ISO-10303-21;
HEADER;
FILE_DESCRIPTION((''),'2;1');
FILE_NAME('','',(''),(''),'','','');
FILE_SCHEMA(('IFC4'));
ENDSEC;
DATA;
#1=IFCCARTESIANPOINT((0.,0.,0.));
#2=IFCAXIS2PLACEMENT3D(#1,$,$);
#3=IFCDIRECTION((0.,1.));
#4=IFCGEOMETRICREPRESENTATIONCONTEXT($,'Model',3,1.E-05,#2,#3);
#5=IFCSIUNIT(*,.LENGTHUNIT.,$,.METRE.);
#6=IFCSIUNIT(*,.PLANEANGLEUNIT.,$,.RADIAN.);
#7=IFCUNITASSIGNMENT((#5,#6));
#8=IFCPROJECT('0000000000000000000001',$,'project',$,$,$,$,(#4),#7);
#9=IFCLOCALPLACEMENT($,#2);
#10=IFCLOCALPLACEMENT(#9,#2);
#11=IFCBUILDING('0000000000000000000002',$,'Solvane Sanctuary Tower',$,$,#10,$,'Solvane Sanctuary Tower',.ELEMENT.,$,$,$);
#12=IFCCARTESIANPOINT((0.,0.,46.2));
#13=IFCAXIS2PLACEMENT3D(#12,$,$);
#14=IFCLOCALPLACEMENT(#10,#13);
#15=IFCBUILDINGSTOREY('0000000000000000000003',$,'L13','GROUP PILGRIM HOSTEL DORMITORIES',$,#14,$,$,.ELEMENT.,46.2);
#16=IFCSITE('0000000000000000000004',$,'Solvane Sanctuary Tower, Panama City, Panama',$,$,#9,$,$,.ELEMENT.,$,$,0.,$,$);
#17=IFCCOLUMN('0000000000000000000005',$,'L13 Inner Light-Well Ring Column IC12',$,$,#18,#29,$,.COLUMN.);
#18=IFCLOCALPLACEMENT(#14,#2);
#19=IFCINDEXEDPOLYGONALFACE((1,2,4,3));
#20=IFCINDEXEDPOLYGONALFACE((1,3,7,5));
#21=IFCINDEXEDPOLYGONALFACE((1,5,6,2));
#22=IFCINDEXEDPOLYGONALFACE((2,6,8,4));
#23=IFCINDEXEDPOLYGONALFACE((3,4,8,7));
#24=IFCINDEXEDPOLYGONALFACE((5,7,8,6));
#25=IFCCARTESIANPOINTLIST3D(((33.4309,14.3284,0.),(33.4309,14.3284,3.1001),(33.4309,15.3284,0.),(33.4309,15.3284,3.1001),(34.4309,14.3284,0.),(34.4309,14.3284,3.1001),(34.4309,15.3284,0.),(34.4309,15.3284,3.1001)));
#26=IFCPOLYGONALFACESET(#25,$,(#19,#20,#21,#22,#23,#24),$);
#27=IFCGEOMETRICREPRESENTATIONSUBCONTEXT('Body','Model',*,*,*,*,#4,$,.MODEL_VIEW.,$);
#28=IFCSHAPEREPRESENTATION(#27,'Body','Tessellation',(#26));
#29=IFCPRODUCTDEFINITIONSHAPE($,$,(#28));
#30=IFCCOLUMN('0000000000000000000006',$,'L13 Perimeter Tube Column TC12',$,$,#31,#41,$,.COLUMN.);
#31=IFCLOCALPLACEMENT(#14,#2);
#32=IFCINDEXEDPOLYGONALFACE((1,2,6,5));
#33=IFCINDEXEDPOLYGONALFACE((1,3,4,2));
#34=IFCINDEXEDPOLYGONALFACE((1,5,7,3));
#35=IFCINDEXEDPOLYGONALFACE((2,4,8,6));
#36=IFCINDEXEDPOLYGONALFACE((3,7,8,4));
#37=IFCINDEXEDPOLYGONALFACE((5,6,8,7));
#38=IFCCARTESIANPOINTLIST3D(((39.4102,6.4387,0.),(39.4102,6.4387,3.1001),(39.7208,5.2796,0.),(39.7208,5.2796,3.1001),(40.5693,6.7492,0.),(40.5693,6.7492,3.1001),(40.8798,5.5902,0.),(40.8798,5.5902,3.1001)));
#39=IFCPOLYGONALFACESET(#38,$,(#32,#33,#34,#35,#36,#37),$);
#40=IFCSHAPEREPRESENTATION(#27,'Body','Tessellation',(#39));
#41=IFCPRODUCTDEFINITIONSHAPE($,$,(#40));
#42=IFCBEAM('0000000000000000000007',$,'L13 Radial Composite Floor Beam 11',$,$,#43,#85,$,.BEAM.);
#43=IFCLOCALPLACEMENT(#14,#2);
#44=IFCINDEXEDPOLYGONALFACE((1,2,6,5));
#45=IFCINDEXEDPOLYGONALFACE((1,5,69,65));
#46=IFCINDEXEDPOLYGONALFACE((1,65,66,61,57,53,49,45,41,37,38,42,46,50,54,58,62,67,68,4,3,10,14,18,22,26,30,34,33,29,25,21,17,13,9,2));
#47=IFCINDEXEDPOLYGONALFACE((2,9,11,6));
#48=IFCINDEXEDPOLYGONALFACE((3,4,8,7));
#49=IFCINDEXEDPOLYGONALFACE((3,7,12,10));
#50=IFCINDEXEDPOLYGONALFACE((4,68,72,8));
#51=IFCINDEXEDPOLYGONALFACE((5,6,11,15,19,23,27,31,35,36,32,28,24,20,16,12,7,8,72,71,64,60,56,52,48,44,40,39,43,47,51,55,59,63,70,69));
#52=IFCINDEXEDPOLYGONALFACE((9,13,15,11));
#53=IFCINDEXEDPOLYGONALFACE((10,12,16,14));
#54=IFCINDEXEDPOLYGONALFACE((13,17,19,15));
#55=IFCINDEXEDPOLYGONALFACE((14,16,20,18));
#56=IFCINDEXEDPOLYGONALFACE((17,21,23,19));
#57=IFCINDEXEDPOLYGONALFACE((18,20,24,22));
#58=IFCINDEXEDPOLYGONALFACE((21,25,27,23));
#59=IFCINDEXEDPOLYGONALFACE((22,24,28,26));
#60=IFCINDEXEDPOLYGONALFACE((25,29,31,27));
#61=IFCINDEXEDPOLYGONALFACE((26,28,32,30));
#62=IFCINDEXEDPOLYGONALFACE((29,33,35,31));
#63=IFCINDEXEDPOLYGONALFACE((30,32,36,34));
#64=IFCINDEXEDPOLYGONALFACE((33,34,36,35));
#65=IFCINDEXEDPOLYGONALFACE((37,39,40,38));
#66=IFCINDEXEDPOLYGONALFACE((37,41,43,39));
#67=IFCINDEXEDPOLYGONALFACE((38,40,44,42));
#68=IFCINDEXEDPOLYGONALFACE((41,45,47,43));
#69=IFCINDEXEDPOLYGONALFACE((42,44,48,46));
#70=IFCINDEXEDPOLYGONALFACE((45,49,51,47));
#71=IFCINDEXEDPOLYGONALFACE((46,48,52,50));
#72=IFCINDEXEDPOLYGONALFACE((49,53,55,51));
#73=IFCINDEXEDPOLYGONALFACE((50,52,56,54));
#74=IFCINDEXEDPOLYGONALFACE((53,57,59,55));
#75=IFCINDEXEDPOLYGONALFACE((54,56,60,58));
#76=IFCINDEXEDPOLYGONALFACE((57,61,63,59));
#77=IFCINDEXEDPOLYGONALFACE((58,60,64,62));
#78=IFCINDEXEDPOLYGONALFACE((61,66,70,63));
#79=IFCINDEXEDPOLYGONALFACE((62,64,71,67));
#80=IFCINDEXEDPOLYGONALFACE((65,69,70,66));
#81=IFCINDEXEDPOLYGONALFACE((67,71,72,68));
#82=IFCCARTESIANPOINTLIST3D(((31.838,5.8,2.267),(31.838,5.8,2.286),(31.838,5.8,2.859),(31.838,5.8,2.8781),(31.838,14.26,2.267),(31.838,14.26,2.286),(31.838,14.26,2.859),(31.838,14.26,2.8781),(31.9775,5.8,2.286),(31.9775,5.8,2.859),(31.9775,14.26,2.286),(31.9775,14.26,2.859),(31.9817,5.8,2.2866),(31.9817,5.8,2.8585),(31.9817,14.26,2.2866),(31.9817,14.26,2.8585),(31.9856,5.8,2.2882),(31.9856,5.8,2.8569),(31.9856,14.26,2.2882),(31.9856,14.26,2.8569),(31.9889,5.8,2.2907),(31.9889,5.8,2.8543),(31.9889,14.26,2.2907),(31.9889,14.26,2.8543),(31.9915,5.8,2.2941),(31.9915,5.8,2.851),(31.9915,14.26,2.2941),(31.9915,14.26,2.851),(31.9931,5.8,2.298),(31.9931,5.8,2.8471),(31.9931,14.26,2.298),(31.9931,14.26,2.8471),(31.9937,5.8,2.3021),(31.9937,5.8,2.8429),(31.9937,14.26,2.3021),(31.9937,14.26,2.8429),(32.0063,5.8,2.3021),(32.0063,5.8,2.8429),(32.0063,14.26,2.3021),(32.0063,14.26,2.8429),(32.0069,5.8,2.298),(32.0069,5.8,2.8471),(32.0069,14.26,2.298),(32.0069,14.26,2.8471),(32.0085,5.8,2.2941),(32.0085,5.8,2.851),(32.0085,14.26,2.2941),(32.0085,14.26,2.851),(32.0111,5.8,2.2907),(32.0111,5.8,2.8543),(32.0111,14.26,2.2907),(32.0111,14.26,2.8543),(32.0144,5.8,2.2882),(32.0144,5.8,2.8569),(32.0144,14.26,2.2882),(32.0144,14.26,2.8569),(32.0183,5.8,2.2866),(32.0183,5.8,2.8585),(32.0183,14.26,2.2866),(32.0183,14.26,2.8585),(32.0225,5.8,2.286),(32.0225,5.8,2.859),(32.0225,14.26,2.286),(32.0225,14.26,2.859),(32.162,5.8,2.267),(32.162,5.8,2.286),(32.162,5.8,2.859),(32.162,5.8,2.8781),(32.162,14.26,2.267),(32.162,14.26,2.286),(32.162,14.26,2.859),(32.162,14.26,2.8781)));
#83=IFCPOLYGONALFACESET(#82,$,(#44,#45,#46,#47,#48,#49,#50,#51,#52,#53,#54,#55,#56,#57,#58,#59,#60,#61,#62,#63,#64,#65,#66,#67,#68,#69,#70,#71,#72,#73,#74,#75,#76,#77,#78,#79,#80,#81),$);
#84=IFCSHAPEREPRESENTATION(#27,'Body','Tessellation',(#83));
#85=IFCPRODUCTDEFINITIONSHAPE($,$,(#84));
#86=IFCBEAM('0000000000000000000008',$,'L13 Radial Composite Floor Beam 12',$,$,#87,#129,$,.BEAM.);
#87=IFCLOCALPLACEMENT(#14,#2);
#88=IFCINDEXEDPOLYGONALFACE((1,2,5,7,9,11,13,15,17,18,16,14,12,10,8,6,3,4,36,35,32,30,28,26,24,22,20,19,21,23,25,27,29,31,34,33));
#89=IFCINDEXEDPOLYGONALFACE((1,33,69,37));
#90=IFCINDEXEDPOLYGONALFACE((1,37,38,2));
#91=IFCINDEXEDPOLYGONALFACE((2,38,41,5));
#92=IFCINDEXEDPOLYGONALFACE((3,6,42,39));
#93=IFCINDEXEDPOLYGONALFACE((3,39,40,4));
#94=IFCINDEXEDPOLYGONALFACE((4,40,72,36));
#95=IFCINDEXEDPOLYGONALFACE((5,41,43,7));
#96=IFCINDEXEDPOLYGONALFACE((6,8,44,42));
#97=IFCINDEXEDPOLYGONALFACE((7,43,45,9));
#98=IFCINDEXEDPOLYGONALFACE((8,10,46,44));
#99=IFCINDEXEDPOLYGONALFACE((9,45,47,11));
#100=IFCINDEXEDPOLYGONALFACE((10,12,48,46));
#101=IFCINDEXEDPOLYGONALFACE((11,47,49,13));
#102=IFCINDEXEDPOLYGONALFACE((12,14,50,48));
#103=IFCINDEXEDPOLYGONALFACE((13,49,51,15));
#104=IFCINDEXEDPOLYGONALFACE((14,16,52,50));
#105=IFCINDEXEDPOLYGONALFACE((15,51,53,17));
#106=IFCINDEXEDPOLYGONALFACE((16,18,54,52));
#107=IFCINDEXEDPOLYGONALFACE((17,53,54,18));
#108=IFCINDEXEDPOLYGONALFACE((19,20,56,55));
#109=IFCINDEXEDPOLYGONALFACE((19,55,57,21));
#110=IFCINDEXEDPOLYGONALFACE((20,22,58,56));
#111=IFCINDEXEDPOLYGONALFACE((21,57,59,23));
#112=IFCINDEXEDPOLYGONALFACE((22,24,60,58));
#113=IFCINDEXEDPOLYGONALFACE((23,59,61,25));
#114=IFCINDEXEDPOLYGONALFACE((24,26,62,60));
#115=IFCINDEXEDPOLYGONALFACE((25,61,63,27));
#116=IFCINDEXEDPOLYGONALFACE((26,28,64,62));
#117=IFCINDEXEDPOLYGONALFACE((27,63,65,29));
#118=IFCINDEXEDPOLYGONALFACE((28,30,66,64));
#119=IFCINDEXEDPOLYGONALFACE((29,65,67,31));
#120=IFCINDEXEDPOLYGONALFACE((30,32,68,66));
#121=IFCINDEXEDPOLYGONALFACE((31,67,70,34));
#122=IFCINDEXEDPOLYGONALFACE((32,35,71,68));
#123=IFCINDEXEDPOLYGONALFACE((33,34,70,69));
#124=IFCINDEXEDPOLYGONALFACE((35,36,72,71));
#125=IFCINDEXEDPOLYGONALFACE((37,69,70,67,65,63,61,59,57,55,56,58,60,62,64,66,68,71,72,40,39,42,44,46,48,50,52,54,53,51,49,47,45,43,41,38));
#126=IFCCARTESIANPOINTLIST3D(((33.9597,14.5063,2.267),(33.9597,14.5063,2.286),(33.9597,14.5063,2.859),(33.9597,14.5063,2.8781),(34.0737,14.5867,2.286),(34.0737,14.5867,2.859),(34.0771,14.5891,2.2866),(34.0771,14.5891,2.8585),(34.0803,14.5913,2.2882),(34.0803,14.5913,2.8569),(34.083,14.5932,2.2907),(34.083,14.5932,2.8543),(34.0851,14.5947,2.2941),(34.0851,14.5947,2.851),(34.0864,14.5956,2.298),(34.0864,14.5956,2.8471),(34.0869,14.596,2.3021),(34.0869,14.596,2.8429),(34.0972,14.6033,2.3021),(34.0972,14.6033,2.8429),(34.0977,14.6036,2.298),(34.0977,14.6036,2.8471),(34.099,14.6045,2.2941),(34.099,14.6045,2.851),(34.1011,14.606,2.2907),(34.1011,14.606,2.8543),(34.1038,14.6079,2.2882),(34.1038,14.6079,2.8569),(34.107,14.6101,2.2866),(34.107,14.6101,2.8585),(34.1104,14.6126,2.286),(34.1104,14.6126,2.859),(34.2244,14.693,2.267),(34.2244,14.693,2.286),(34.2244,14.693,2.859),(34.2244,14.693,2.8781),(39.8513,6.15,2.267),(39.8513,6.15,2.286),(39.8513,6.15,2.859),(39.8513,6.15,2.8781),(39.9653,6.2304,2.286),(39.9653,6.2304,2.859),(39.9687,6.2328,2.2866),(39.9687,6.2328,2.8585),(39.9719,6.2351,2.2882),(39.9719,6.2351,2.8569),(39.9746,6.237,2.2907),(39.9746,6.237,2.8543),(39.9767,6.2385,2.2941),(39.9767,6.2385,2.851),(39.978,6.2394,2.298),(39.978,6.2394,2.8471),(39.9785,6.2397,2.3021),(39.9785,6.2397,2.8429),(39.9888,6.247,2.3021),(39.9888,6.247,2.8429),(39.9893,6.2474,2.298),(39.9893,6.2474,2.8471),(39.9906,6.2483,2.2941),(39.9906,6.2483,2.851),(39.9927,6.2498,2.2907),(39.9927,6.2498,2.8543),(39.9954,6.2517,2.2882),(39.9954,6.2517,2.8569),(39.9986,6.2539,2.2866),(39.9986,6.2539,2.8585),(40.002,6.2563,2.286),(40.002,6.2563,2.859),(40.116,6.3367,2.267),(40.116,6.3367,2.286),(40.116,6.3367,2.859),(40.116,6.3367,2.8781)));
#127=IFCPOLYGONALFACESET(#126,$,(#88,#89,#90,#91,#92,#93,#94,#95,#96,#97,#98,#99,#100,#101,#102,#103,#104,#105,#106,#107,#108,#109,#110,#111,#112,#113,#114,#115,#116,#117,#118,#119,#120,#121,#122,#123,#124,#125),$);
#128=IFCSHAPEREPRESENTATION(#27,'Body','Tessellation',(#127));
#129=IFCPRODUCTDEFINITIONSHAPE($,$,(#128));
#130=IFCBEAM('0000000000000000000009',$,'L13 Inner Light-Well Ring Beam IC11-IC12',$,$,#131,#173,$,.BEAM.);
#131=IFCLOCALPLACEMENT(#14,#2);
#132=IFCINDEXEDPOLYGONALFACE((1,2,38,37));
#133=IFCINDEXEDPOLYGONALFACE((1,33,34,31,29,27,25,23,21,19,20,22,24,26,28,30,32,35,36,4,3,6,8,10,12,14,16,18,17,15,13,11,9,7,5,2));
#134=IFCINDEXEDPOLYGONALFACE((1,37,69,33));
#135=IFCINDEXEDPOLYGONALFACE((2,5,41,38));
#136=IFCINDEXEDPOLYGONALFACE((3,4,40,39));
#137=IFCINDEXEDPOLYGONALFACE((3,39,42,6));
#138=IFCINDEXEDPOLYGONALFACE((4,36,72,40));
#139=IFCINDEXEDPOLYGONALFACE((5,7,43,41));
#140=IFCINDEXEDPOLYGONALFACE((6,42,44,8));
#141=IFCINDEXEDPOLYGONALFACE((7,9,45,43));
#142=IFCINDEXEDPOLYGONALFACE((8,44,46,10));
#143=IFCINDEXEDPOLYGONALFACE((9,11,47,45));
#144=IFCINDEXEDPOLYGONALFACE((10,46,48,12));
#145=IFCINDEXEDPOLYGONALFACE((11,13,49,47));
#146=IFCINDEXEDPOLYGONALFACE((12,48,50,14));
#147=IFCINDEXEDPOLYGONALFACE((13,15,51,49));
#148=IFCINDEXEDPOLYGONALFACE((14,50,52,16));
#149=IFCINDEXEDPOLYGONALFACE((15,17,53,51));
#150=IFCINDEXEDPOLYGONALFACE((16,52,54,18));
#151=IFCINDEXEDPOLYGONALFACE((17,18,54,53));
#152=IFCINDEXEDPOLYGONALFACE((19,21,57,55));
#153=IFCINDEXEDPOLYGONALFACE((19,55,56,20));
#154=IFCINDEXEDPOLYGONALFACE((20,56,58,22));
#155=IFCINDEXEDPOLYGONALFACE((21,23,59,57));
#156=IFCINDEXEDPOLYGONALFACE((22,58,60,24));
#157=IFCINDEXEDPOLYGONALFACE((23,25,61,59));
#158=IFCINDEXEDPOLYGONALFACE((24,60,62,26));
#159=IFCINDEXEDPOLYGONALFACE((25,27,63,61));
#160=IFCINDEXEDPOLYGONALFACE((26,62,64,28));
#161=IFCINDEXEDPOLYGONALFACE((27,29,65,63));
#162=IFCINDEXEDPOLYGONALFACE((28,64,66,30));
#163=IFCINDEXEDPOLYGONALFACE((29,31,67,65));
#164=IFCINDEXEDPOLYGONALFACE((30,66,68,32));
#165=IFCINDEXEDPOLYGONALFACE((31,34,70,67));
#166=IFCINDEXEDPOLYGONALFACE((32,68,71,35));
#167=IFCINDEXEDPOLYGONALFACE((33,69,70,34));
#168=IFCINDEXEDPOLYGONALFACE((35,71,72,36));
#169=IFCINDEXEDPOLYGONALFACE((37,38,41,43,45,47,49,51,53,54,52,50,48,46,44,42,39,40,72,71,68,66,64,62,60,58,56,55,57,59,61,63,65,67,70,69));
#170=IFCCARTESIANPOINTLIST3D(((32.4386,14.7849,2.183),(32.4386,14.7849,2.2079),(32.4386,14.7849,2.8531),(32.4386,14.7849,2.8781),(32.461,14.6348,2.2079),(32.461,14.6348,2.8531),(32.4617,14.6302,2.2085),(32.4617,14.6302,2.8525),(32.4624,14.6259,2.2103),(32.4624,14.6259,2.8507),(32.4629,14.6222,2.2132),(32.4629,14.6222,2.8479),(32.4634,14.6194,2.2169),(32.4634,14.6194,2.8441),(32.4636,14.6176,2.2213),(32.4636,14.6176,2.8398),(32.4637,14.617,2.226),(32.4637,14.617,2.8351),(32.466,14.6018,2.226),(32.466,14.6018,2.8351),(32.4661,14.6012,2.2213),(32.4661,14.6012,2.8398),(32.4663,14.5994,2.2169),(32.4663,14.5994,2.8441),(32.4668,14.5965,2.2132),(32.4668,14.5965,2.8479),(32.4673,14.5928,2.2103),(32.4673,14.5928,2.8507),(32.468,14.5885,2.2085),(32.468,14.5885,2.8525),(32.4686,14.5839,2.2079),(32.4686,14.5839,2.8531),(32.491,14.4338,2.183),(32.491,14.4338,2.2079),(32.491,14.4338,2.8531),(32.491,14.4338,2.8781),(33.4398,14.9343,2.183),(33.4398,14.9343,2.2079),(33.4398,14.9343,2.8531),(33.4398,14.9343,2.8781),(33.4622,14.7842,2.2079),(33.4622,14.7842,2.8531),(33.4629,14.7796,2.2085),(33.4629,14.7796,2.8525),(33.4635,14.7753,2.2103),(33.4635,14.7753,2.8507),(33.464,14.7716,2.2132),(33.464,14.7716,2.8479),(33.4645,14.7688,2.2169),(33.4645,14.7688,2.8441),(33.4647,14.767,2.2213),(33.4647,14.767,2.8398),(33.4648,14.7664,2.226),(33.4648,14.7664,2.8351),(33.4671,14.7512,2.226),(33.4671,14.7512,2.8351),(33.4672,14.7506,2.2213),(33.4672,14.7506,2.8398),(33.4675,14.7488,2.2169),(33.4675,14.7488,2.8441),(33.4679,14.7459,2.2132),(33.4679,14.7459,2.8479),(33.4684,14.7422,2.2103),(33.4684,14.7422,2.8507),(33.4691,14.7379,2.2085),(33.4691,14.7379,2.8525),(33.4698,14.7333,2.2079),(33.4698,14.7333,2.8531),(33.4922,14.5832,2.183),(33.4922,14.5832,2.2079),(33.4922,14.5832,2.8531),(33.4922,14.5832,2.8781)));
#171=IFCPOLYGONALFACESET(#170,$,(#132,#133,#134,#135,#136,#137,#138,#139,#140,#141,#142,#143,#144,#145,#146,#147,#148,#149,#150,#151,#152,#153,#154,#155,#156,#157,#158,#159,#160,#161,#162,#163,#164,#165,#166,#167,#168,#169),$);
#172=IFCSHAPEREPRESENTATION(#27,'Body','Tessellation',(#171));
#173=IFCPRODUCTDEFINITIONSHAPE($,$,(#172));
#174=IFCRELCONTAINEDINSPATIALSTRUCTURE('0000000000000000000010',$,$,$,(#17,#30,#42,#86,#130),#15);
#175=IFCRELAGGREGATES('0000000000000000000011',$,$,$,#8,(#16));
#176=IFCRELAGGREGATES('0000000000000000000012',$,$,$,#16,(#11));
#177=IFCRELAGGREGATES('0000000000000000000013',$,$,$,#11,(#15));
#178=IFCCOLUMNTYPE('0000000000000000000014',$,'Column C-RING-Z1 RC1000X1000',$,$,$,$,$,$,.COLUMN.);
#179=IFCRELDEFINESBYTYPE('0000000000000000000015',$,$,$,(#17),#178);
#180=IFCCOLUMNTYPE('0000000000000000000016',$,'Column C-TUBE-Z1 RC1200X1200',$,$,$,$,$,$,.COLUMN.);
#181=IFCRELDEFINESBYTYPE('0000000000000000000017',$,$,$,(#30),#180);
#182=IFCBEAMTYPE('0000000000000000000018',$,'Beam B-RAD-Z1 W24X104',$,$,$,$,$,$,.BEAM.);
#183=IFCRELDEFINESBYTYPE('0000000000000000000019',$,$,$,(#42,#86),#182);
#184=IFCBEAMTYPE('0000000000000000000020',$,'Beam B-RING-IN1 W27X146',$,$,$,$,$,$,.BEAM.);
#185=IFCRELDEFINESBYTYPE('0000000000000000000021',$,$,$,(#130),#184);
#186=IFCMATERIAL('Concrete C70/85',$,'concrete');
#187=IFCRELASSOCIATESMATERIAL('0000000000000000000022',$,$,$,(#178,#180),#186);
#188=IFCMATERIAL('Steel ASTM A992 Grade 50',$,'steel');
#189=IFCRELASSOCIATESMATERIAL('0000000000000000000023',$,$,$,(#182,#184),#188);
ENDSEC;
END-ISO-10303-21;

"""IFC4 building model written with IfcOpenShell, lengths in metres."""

from ifc_helpers import new_model, si_unit, direction, frame, origin, origin_2d, place, context, subcontext, project, spatial, rectangle, i_section, extrude, material, material_profile, profile_set, type_object, element, save


model = new_model("IFC4")

# Units and contexts
model_context = context("Model", 3, precision=1e-05, world=origin(), true_north=direction((0.0, 1.0)))
body_context = subcontext(model_context, "Body", "Model", "MODEL_VIEW")
ifc_project = project(units=[si_unit("LENGTHUNIT", "METRE"), si_unit("PLANEANGLEUNIT", "RADIAN")], contexts=[model_context])

# Site, building, storey
site_placement = place(None, origin())
site = spatial("IfcSite", under=ifc_project, at=site_placement, Name="Solvane Sanctuary Tower, Panama City, Panama", CompositionType="ELEMENT", RefElevation=0.0)
building_placement = place(site_placement, origin())
building = spatial("IfcBuilding", under=site, at=building_placement, Name="Solvane Sanctuary Tower", LongName="Solvane Sanctuary Tower", CompositionType="ELEMENT")
storey_placement = place(building_placement, frame((0.0, 0.0, 46.2)))
storey = spatial("IfcBuildingStorey", under=building, at=storey_placement, Name="L13", Description="GROUP PILGRIM HOSTEL DORMITORIES", CompositionType="ELEMENT", Elevation=46.2)

# Columns
ifc_material_1 = material(Name="Concrete C70/85", Category="concrete")
ifc_material_profile_1 = material_profile(ifc_material_1, rectangle(XDim=1.0, YDim=1.0, at=origin_2d()), Name="RC1000X1000")
ifc_profile_set_1 = profile_set([ifc_material_profile_1], Name="Concrete C70/85")
column_type_1 = type_object("IfcColumnType", Name="Column C-RING-Z1 RC1000X1000", PredefinedType="COLUMN", material=ifc_profile_set_1)
column_1_placement = place(storey_placement, frame((33.9309, 14.8284, 0.0), z_axis=(0.0, 0.0, 1.0), x_axis=(1.0, 0.0, 0.0)))
element("IfcColumn", 1, at=column_1_placement, inside=storey, type_object=column_type_1, Name="L13 Inner Light-Well Ring Column IC12", PredefinedType="COLUMN", context=body_context, shape_type="SweptSolid", body=[
    extrude(rectangle(XDim=1.0, YDim=1.0, at=origin_2d()), origin(), (0.0, 0.0, 1.0), 3.1001),
])
ifc_material_profile_2 = material_profile(ifc_material_1, rectangle(XDim=1.2, YDim=1.2, at=origin_2d()), Name="RC1200X1200")
ifc_profile_set_2 = profile_set([ifc_material_profile_2], Name="Concrete C70/85")
column_type_2 = type_object("IfcColumnType", Name="Column C-TUBE-Z1 RC1200X1200", PredefinedType="COLUMN", material=ifc_profile_set_2)
column_2_placement = place(storey_placement, frame((40.145, 6.0144, 0.0), z_axis=(0.0, 0.0, 1.0), x_axis=(0.258819, -0.965926, 0.0)))
element("IfcColumn", 2, at=column_2_placement, inside=storey, type_object=column_type_2, Name="L13 Perimeter Tube Column TC12", PredefinedType="COLUMN", context=body_context, shape_type="SweptSolid", body=[
    extrude(rectangle(XDim=1.2, YDim=1.2, at=origin_2d()), origin(), (0.0, 0.0, 1.0), 3.1001),
])

# Beams
ifc_material_2 = material(Name="Steel ASTM A992 Grade 50", Category="steel")
ifc_material_profile_3 = material_profile(ifc_material_2, i_section(OverallWidth=0.324, OverallDepth=0.6111, WebThickness=0.0127, FlangeThickness=0.019, FilletRadius=0.0161, at=origin_2d()), Name="W24X104")
ifc_profile_set_3 = profile_set([ifc_material_profile_3], Name="Steel ASTM A992 Grade 50")
beam_type_1 = type_object("IfcBeamType", Name="Beam B-RAD-Z1 W24X104", PredefinedType="BEAM", material=ifc_profile_set_3)
beam_1_placement = place(storey_placement, frame((32.0, 14.26, 2.5725), z_axis=(0.0, -1.0, 0.0), x_axis=(1.0, 0.0, 0.0)))
element("IfcBeam", 3, at=beam_1_placement, inside=storey, type_object=beam_type_1, Name="L13 Radial Composite Floor Beam 11", PredefinedType="BEAM", context=body_context, shape_type="SweptSolid", body=[
    extrude(i_section(OverallWidth=0.324, OverallDepth=0.6111, WebThickness=0.0127, FlangeThickness=0.019, FilletRadius=0.0161, at=origin_2d()), origin(), (0.0, 0.0, 1.0), 8.46),
])
beam_2_placement = place(storey_placement, frame((34.092, 14.5996, 2.5725), z_axis=(0.576233, -0.817285, 0.0), x_axis=(0.817285, 0.576233, 0.0)))
element("IfcBeam", 4, at=beam_2_placement, inside=storey, type_object=beam_type_1, Name="L13 Radial Composite Floor Beam 12", PredefinedType="BEAM", context=body_context, shape_type="SweptSolid", body=[
    extrude(i_section(OverallWidth=0.324, OverallDepth=0.6111, WebThickness=0.0127, FlangeThickness=0.019, FilletRadius=0.0161, at=origin_2d()), origin(), (0.0, 0.0, 1.0), 10.2244),
])
ifc_material_profile_4 = material_profile(ifc_material_2, i_section(OverallWidth=0.355, OverallDepth=0.6951, WebThickness=0.0154, FlangeThickness=0.0249, FilletRadius=0.0181, at=origin_2d()), Name="W27X146")
ifc_profile_set_4 = profile_set([ifc_material_profile_4], Name="Steel ASTM A992 Grade 50")
beam_type_2 = type_object("IfcBeamType", Name="Beam B-RING-IN1 W27X146", PredefinedType="BEAM", material=ifc_profile_set_4)
beam_3_placement = place(storey_placement, frame((32.4648, 14.6094, 2.5305), z_axis=(0.989048, 0.147597, 0.0), x_axis=(-0.147597, 0.989048, 0.0)))
element("IfcBeam", 5, at=beam_3_placement, inside=storey, type_object=beam_type_2, Name="L13 Inner Light-Well Ring Beam IC11-IC12", PredefinedType="BEAM", context=body_context, shape_type="SweptSolid", body=[
    extrude(i_section(OverallWidth=0.355, OverallDepth=0.6951, WebThickness=0.0154, FlangeThickness=0.0249, FilletRadius=0.0181, at=origin_2d()), origin(), (0.0, 0.0, 1.0), 1.0122),
])

save(model, "model.ifc")
